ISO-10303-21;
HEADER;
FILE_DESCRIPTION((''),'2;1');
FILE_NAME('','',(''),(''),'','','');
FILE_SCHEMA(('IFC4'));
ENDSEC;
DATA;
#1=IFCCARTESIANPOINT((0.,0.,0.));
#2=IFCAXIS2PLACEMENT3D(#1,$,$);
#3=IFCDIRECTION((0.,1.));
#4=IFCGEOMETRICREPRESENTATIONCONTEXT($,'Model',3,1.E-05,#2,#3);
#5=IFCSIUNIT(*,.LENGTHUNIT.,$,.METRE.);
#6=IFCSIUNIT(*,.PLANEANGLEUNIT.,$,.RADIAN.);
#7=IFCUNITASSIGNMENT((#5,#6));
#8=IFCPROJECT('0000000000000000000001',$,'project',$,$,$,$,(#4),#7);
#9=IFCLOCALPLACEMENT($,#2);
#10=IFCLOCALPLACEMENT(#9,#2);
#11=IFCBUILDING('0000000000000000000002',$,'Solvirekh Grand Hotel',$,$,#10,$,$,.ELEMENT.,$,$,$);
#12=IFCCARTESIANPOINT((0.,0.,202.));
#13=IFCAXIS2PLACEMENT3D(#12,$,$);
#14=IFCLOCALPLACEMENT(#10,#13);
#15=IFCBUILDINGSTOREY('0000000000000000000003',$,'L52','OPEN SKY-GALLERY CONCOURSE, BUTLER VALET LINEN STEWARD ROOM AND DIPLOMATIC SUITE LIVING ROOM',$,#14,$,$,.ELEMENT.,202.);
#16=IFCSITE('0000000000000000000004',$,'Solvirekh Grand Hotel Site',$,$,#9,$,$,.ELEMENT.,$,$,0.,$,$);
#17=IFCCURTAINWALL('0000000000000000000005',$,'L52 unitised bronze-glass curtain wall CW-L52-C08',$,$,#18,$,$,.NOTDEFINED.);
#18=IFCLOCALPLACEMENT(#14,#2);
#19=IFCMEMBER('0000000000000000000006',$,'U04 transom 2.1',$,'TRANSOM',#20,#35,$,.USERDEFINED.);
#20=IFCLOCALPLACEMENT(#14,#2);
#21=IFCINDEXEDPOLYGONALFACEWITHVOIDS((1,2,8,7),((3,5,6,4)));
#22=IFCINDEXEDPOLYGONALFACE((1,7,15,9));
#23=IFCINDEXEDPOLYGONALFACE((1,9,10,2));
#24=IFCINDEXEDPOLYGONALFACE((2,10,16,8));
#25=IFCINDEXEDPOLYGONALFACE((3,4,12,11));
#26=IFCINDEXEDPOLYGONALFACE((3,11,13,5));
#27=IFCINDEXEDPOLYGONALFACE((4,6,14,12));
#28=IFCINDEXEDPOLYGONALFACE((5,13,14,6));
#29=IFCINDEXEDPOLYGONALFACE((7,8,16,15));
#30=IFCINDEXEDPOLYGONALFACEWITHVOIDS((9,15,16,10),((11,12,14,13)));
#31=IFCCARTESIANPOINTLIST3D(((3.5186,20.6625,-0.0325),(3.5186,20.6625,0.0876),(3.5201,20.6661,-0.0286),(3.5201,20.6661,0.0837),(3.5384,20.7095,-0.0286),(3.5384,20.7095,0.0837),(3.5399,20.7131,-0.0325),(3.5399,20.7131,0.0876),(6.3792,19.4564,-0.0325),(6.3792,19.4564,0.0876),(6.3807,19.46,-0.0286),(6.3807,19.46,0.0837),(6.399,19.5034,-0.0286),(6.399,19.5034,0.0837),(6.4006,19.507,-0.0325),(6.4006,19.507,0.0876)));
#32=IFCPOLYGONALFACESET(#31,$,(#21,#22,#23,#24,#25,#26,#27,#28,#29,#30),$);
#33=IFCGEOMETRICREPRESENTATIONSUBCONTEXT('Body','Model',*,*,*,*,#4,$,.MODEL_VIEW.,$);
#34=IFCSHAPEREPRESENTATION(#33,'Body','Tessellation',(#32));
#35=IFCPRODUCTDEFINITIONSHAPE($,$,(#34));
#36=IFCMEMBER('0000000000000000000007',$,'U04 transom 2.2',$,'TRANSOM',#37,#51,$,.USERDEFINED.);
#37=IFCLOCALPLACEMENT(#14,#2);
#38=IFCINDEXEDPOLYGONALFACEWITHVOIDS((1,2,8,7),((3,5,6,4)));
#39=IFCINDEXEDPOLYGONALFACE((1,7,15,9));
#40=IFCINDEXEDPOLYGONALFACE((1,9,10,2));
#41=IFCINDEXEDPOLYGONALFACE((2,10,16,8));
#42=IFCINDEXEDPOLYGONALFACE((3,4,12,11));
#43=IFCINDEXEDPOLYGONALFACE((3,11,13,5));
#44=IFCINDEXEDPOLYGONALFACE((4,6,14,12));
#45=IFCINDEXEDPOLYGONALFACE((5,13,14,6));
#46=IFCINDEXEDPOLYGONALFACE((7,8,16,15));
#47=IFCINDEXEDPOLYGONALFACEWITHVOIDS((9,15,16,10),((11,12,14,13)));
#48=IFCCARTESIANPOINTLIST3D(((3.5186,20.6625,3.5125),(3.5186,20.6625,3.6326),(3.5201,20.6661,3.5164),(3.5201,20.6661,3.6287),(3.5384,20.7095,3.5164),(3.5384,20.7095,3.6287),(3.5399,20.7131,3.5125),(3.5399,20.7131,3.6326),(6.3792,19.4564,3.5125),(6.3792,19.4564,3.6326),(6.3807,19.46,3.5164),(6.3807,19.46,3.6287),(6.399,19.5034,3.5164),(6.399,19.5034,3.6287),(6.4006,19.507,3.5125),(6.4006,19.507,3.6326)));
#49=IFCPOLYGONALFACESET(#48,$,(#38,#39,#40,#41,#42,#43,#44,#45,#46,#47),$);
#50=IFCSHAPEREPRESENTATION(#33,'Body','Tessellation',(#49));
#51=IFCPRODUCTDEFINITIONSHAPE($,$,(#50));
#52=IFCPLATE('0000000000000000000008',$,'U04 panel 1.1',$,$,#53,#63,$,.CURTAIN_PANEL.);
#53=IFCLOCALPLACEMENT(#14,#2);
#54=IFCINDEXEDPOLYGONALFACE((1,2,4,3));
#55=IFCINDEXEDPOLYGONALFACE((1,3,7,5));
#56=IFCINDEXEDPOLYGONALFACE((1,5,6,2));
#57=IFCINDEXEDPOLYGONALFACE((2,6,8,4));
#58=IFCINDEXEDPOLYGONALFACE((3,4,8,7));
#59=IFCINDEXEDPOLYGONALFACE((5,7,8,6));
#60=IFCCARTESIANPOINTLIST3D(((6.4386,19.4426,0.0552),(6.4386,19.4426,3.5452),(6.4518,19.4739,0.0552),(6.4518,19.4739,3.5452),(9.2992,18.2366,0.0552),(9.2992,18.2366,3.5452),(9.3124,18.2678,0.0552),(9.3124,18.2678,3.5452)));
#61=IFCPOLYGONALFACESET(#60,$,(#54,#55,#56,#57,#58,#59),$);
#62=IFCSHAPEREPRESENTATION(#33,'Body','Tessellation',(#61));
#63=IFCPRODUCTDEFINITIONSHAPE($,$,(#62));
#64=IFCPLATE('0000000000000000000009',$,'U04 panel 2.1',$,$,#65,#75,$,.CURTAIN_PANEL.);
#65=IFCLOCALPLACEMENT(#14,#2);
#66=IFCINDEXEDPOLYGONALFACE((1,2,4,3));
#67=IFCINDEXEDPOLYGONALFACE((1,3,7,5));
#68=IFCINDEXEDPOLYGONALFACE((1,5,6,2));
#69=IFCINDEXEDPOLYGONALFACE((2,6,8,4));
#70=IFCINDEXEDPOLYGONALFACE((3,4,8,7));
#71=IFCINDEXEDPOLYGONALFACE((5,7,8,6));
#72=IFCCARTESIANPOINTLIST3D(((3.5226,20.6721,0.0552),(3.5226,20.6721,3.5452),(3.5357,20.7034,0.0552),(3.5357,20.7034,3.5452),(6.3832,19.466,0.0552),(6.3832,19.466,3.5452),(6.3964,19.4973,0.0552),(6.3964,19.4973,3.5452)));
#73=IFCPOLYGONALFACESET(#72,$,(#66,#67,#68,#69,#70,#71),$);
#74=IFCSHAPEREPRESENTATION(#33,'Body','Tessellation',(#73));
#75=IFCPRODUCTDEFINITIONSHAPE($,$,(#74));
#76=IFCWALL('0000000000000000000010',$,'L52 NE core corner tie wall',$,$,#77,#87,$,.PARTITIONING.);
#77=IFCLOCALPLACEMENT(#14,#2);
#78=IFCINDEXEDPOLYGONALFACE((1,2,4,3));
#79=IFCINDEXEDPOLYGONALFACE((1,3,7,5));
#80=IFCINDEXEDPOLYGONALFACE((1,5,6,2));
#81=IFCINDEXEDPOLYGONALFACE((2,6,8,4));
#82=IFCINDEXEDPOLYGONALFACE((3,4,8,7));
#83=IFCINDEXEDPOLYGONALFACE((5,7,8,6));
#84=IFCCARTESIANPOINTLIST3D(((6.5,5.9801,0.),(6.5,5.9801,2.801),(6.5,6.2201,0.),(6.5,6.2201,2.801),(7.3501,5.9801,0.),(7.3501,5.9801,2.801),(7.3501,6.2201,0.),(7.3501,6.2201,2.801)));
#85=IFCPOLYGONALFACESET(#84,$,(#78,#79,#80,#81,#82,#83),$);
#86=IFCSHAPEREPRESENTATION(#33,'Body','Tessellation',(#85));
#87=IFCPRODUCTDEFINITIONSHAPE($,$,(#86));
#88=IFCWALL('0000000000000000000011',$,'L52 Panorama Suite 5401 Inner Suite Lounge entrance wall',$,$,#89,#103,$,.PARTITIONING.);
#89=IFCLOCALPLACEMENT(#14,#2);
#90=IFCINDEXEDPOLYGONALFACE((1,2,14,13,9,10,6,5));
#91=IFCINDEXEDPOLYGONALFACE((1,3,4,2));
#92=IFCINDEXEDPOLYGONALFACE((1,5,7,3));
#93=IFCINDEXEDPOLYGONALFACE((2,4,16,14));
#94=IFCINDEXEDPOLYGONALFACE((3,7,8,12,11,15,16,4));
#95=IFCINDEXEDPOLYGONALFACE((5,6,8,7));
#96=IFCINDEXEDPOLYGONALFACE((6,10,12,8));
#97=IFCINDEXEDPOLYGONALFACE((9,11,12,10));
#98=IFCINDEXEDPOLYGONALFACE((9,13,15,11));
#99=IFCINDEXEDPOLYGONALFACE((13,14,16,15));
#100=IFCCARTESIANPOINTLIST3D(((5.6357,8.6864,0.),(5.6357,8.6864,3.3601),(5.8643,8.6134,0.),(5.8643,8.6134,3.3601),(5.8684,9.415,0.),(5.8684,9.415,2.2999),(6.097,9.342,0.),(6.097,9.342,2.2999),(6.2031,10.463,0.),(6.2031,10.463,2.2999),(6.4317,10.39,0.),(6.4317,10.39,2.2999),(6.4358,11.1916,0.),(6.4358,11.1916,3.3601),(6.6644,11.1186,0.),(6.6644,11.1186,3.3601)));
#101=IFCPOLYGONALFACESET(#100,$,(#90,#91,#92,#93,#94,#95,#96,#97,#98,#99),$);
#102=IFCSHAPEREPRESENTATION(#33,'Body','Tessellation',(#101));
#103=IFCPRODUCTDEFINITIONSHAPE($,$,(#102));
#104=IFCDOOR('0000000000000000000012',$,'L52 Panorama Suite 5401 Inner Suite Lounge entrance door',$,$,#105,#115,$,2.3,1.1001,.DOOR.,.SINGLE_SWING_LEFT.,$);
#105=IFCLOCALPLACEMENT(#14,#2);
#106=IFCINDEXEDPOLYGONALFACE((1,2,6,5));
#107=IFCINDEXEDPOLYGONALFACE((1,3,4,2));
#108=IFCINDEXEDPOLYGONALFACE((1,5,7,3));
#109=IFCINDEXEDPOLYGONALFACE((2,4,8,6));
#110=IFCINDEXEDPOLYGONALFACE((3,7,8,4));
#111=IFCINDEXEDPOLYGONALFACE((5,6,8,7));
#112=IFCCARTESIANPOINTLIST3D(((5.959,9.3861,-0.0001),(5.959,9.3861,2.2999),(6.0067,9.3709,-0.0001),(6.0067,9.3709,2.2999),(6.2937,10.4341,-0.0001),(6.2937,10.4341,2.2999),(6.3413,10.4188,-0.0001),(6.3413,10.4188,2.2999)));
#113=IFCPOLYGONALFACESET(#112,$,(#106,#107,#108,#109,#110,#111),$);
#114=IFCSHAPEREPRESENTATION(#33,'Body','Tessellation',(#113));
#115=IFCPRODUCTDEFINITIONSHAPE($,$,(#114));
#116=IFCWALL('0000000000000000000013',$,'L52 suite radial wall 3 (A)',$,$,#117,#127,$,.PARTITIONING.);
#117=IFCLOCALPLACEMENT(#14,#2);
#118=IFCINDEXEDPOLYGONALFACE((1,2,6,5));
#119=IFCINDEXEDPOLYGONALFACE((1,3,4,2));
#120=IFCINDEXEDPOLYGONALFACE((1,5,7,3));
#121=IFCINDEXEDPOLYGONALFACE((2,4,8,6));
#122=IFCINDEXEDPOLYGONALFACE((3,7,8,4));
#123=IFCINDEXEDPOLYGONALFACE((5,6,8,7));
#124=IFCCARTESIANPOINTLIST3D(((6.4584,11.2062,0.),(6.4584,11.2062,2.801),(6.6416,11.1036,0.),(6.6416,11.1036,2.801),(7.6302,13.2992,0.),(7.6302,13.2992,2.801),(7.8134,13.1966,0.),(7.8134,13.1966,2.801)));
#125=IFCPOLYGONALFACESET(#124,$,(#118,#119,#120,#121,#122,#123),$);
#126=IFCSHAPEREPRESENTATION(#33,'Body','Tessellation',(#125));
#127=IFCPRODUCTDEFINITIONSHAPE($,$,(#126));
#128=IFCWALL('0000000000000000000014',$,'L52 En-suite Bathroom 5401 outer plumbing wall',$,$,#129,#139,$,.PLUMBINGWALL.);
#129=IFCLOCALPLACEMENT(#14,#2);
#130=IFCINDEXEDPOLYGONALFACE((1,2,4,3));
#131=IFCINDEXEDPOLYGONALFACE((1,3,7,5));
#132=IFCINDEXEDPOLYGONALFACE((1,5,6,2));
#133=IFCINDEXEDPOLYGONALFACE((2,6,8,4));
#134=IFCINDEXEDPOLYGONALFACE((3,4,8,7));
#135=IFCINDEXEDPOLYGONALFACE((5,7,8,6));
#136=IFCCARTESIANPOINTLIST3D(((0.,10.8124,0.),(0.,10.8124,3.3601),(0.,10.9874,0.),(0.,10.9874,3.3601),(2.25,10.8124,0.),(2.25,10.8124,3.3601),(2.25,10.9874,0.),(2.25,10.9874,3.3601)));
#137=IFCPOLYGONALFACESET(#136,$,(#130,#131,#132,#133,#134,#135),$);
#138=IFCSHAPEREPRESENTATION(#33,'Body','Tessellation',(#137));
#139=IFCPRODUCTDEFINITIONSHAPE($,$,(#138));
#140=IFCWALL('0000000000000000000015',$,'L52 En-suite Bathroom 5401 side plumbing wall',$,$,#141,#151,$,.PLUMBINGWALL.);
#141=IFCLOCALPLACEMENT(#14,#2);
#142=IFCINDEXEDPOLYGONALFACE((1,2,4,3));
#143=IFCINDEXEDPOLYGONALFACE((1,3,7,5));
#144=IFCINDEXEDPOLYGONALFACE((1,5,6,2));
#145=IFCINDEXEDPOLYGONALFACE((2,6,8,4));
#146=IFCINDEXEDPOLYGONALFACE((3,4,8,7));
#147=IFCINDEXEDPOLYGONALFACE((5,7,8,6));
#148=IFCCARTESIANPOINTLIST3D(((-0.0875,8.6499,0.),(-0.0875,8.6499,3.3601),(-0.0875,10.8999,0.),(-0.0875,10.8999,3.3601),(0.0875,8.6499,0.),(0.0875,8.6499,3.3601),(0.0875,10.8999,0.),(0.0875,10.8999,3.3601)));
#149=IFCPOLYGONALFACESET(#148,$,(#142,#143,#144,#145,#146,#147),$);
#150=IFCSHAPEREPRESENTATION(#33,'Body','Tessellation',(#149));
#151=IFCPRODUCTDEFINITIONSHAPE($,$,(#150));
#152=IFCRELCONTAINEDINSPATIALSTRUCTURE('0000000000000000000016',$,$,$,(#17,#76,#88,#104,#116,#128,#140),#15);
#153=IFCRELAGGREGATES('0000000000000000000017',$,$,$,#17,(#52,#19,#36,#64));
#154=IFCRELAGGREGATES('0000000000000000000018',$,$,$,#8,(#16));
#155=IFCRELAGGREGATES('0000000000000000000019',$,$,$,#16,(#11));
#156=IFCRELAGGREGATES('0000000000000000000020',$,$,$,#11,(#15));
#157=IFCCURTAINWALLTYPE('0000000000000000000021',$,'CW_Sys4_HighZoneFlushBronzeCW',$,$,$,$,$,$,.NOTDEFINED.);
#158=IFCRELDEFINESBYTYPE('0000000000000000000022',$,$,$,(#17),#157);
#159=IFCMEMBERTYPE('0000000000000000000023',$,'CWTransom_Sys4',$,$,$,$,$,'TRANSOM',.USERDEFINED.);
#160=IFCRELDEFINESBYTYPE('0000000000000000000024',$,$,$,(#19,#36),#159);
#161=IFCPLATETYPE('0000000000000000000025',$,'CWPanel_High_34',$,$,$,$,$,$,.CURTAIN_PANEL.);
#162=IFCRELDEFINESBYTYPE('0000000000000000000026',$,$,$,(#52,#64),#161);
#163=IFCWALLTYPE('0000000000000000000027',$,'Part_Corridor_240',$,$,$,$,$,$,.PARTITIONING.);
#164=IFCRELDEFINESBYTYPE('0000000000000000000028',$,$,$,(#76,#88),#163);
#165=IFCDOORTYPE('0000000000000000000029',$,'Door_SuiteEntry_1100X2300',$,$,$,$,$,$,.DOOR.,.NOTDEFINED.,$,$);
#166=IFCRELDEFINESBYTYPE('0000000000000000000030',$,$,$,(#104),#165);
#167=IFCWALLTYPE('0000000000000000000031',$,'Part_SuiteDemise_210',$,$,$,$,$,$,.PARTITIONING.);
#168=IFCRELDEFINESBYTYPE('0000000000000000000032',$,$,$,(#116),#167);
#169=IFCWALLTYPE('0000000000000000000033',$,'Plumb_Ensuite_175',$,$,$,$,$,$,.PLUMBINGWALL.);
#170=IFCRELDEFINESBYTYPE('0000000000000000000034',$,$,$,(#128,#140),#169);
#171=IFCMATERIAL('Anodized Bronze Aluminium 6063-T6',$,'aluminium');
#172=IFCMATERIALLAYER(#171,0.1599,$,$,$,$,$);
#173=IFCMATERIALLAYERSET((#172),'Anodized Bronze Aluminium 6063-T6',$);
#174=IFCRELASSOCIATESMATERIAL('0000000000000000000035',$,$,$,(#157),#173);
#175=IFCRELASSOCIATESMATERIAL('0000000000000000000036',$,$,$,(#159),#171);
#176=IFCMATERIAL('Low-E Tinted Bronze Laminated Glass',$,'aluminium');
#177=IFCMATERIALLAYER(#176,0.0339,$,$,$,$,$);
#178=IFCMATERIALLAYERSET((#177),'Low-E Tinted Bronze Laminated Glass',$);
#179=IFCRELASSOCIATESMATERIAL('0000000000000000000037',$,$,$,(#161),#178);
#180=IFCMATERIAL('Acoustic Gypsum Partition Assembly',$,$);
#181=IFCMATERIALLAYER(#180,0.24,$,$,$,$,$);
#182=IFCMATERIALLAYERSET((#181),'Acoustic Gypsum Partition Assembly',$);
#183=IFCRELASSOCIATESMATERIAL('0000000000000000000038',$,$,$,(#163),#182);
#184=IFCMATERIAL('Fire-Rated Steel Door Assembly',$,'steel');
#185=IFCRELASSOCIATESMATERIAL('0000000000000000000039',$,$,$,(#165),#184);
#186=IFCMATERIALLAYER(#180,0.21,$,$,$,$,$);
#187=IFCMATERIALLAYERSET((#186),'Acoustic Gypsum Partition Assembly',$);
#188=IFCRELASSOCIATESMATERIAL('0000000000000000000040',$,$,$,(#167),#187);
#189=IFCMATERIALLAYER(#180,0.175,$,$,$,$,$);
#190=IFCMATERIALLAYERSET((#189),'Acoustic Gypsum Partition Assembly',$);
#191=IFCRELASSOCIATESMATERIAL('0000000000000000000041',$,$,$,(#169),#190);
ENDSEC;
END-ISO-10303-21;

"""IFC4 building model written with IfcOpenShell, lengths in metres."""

from ifc_helpers import new_model, si_unit, direction, frame, frame_2d, origin, origin_2d, place, context, subcontext, project, spatial, rectangle, hollow_rectangle, extrude, source, transform, mapped, material, layer, layer_set, material_profile, profile_set, type_object, element, fill, aggregate, save


model = new_model("IFC4")

# Units and contexts
model_context = context("Model", 3, precision=1e-05, world=origin(), true_north=direction((0.0, 1.0)))
body_context = subcontext(model_context, "Body", "Model", "MODEL_VIEW")
ifc_project = project(units=[si_unit("LENGTHUNIT", "METRE"), si_unit("PLANEANGLEUNIT", "RADIAN")], contexts=[model_context])

# Site, building, storey
site_placement = place(None, origin())
site = spatial("IfcSite", under=ifc_project, at=site_placement, Name="Solvirekh Grand Hotel Site", CompositionType="ELEMENT", RefElevation=0.0)
building_placement = place(site_placement, origin())
building = spatial("IfcBuilding", under=site, at=building_placement, Name="Solvirekh Grand Hotel", CompositionType="ELEMENT")
storey_placement = place(building_placement, frame((0.0, 0.0, 202.0)))
storey = spatial("IfcBuildingStorey", under=building, at=storey_placement, Name="L52", Description="OPEN SKY-GALLERY CONCOURSE, BUTLER VALET LINEN STEWARD ROOM AND DIPLOMATIC SUITE LIVING ROOM", CompositionType="ELEMENT", Elevation=202.0)

# Curtain wall, members, plates
ifc_material_1 = material(Name="Anodized Bronze Aluminium 6063-T6", Category="aluminium")
ifc_layer_1 = layer(ifc_material_1, 0.1599)
ifc_layer_set_1 = layer_set([ifc_layer_1], Name="Anodized Bronze Aluminium 6063-T6")
curtain_wall_type = type_object("IfcCurtainWallType", Name="CW_Sys4_HighZoneFlushBronzeCW", PredefinedType="NOTDEFINED", material=ifc_layer_set_1)
curtain_wall_placement = place(storey_placement, origin())
curtain_wall = element("IfcCurtainWall", 1, at=curtain_wall_placement, inside=storey, type_object=curtain_wall_type, Name="L52 unitised bronze-glass curtain wall CW-L52-C08", PredefinedType="NOTDEFINED")
ifc_material_profile_1 = material_profile(ifc_material_1, hollow_rectangle(XDim=0.0549, YDim=0.1201, WallThickness=0.0039, at=origin_2d()), Name="ALU RHS 120X55X4")
ifc_profile_set_1 = profile_set([ifc_material_profile_1], Name="Anodized Bronze Aluminium 6063-T6")
member_type_1 = type_object("IfcMemberType", Name="CWTransom_Sys4", ElementType="TRANSOM", PredefinedType="USERDEFINED", material=ifc_profile_set_1)
shared_shape_1 = source(origin(), body_context, "Body", "SweptSolid", [
    extrude(hollow_rectangle(XDim=0.0549, YDim=0.1201, WallThickness=0.0039, at=origin_2d()), origin(), (0.0, 0.0, 1.0), 3.1045),
])
member_1_placement = place(storey_placement, frame((6.3899, 19.4817, 0.0276), z_axis=(-0.921452, 0.388493, 0.0), x_axis=(-0.388493, -0.921452, 0.0)))
member_1 = element("IfcMember", 2, at=member_1_placement, type_object=member_type_1, Name="U04 transom 2.1", ObjectType="TRANSOM", PredefinedType="USERDEFINED", context=body_context, shape_type="MappedRepresentation", body=[
    mapped(shared_shape_1, transform((0.0, 0.0, 0.0), x_axis=(1.0, 0.0, 0.0), y_axis=(0.0, 1.0, 0.0), z_axis=(0.0, 0.0, 1.0), scale=1.0)),
])
member_2_placement = place(storey_placement, frame((6.3899, 19.4817, 3.5725), z_axis=(-0.921452, 0.388493, 0.0), x_axis=(-0.388493, -0.921452, 0.0)))
member_2 = element("IfcMember", 3, at=member_2_placement, type_object=member_type_1, Name="U04 transom 2.2", ObjectType="TRANSOM", PredefinedType="USERDEFINED", context=body_context, shape_type="MappedRepresentation", body=[
    mapped(shared_shape_1, transform((0.0, 0.0, 0.0), x_axis=(1.0, 0.0, 0.0), y_axis=(0.0, 1.0, 0.0), z_axis=(0.0, 0.0, 1.0), scale=1.0)),
])
ifc_material_2 = material(Name="Low-E Tinted Bronze Laminated Glass", Category="aluminium")
ifc_layer_2 = layer(ifc_material_2, 0.0339)
ifc_layer_set_2 = layer_set([ifc_layer_2], Name="Low-E Tinted Bronze Laminated Glass")
plate_type = type_object("IfcPlateType", Name="CWPanel_High_34", PredefinedType="CURTAIN_PANEL", material=ifc_layer_set_2)
shared_shape_2 = source(origin(), body_context, "Body", "SweptSolid", [
    extrude(rectangle(XDim=3.1045, YDim=0.0339, at=origin_2d()), origin(), (0.0, 0.0, 1.0), 3.49),
])
plate_1_placement = place(storey_placement, frame((7.8755, 18.8552, 0.0552), z_axis=(0.0, 0.0, 1.0), x_axis=(-0.921453, 0.388491, 0.0)))
plate_1 = element("IfcPlate", 4, at=plate_1_placement, type_object=plate_type, Name="U04 panel 1.1", PredefinedType="CURTAIN_PANEL", context=body_context, shape_type="MappedRepresentation", body=[
    mapped(shared_shape_2, transform((0.0, 0.0, 0.0), x_axis=(1.0, 0.0, 0.0), y_axis=(0.0, 1.0, 0.0), z_axis=(0.0, 0.0, 1.0), scale=1.0)),
])
plate_2_placement = place(storey_placement, frame((4.9595, 20.0847, 0.0552), z_axis=(0.0, 0.0, 1.0), x_axis=(-0.921453, 0.388491, 0.0)))
plate_2 = element("IfcPlate", 5, at=plate_2_placement, type_object=plate_type, Name="U04 panel 2.1", PredefinedType="CURTAIN_PANEL", context=body_context, shape_type="MappedRepresentation", body=[
    mapped(shared_shape_2, transform((0.0, 0.0, 0.0), x_axis=(1.0, 0.0, 0.0), y_axis=(0.0, 1.0, 0.0), z_axis=(0.0, 0.0, 1.0), scale=1.0)),
])
aggregate(curtain_wall, [plate_1, member_1, member_2, plate_2])

# Wall
ifc_material_3 = material(Name="Acoustic Gypsum Partition Assembly")
ifc_layer_3 = layer(ifc_material_3, 0.24)
ifc_layer_set_3 = layer_set([ifc_layer_3], Name="Acoustic Gypsum Partition Assembly")
wall_type_1 = type_object("IfcWallType", Name="Part_Corridor_240", PredefinedType="PARTITIONING", material=ifc_layer_set_3)
wall_1_placement = place(storey_placement, frame((6.5, 6.1001, 0.0), z_axis=(0.0, 0.0, 1.0), x_axis=(1.0, 0.0, 0.0)))
element("IfcWall", 6, at=wall_1_placement, inside=storey, type_object=wall_type_1, Name="L52 NE core corner tie wall", PredefinedType="PARTITIONING", context=body_context, shape_type="SweptSolid", body=[
    extrude(rectangle(XDim=0.8501, YDim=0.24, at=frame_2d((0.425, 0.0))), origin(), (0.0, 0.0, 1.0), 2.801),
])

# Wall, opening, door
wall_2_placement = place(storey_placement, frame((5.75, 8.6499, 0.0), z_axis=(0.0, 0.0, 1.0), x_axis=(0.304227, 0.9526, 0.0)))
wall_2 = element("IfcWall", 7, at=wall_2_placement, inside=storey, type_object=wall_type_1, Name="L52 Panorama Suite 5401 Inner Suite Lounge entrance wall", PredefinedType="PARTITIONING", context=body_context, shape_type="SweptSolid", body=[
    extrude(rectangle(XDim=2.6299, YDim=0.24, at=frame_2d((1.3149, 0.0))), origin(), (0.0, 0.0, 1.0), 3.3601),
])
opening_1_placement = place(wall_2_placement, frame((0.7649, 0.0, 0.0)))
opening_1 = element("IfcOpeningElement", 8, at=opening_1_placement, cuts=wall_2, PredefinedType="OPENING", context=body_context, shape_type="SweptSolid", body=[
    extrude(rectangle(XDim=1.1001, YDim=2.3, at=frame_2d((0.55, 1.1499))), frame((0.0, 0.1299, 0.0), z_axis=(0.0, -1.0, 0.0), x_axis=(1.0, 0.0, 0.0)), (0.0, 0.0, 1.0), 0.26),
])
ifc_material_4 = material(Name="Fire-Rated Steel Door Assembly", Category="steel")
door_type_1 = type_object("IfcDoorType", Name="Door_SuiteEntry_1100X2300", OperationType="NOTDEFINED", PredefinedType="DOOR", material=ifc_material_4)
door_1_placement = place(opening_1_placement, origin())
door_1 = element("IfcDoor", 9, at=door_1_placement, inside=storey, type_object=door_type_1, Name="L52 Panorama Suite 5401 Inner Suite Lounge entrance door", OperationType="SINGLE_SWING_LEFT", OverallHeight=2.3, OverallWidth=1.1001, PredefinedType="DOOR", context=body_context, shape_type="SweptSolid", body=[
    extrude(rectangle(XDim=1.1001, YDim=2.3, at=frame_2d((0.55, 1.1499))), frame((0.0, 0.0249, 0.0), z_axis=(0.0, -1.0, 0.0), x_axis=(1.0, 0.0, 0.0)), (0.0, 0.0, 1.0), 0.05),
])
fill(opening_1, door_1)

# Walls
ifc_layer_4 = layer(ifc_material_3, 0.21)
ifc_layer_set_4 = layer_set([ifc_layer_4], Name="Acoustic Gypsum Partition Assembly")
wall_type_2 = type_object("IfcWallType", Name="Part_SuiteDemise_210", PredefinedType="PARTITIONING", material=ifc_layer_set_4)
wall_3_placement = place(storey_placement, frame((6.55, 11.155, 0.0), z_axis=(0.0, 0.0, 1.0), x_axis=(0.488535, 0.872544, 0.0)))
element("IfcWall", 10, at=wall_3_placement, inside=storey, type_object=wall_type_2, Name="L52 suite radial wall 3 (A)", PredefinedType="PARTITIONING", context=body_context, shape_type="SweptSolid", body=[
    extrude(rectangle(XDim=2.3987, YDim=0.21, at=frame_2d((1.1992, 0.0))), origin(), (0.0, 0.0, 1.0), 2.801),
])
ifc_layer_5 = layer(ifc_material_3, 0.175)
ifc_layer_set_5 = layer_set([ifc_layer_5], Name="Acoustic Gypsum Partition Assembly")
wall_type_3 = type_object("IfcWallType", Name="Plumb_Ensuite_175", PredefinedType="PLUMBINGWALL", material=ifc_layer_set_5)
for number, where, z_axis, x_axis, name in (
    (11, (0.0, 10.8999, 0.0), (0.0, 0.0, 1.0), (1.0, 0.0, 0.0), "L52 En-suite Bathroom 5401 outer plumbing wall"),
    (12, (0.0, 10.8999, 0.0), (0.0, 0.0, 1.0), (0.0, -1.0, 0.0), "L52 En-suite Bathroom 5401 side plumbing wall"),
):
    element("IfcWall", number, at=place(storey_placement, frame(where, z_axis=z_axis, x_axis=x_axis)), inside=storey, type_object=wall_type_3, Name=name, PredefinedType="PLUMBINGWALL", context=body_context, shape_type="SweptSolid", body=[
        extrude(rectangle(XDim=2.25, YDim=0.175, at=frame_2d((1.125, 0.0))), origin(), (0.0, 0.0, 1.0), 3.3601),
    ])

save(model, "model.ifc")
